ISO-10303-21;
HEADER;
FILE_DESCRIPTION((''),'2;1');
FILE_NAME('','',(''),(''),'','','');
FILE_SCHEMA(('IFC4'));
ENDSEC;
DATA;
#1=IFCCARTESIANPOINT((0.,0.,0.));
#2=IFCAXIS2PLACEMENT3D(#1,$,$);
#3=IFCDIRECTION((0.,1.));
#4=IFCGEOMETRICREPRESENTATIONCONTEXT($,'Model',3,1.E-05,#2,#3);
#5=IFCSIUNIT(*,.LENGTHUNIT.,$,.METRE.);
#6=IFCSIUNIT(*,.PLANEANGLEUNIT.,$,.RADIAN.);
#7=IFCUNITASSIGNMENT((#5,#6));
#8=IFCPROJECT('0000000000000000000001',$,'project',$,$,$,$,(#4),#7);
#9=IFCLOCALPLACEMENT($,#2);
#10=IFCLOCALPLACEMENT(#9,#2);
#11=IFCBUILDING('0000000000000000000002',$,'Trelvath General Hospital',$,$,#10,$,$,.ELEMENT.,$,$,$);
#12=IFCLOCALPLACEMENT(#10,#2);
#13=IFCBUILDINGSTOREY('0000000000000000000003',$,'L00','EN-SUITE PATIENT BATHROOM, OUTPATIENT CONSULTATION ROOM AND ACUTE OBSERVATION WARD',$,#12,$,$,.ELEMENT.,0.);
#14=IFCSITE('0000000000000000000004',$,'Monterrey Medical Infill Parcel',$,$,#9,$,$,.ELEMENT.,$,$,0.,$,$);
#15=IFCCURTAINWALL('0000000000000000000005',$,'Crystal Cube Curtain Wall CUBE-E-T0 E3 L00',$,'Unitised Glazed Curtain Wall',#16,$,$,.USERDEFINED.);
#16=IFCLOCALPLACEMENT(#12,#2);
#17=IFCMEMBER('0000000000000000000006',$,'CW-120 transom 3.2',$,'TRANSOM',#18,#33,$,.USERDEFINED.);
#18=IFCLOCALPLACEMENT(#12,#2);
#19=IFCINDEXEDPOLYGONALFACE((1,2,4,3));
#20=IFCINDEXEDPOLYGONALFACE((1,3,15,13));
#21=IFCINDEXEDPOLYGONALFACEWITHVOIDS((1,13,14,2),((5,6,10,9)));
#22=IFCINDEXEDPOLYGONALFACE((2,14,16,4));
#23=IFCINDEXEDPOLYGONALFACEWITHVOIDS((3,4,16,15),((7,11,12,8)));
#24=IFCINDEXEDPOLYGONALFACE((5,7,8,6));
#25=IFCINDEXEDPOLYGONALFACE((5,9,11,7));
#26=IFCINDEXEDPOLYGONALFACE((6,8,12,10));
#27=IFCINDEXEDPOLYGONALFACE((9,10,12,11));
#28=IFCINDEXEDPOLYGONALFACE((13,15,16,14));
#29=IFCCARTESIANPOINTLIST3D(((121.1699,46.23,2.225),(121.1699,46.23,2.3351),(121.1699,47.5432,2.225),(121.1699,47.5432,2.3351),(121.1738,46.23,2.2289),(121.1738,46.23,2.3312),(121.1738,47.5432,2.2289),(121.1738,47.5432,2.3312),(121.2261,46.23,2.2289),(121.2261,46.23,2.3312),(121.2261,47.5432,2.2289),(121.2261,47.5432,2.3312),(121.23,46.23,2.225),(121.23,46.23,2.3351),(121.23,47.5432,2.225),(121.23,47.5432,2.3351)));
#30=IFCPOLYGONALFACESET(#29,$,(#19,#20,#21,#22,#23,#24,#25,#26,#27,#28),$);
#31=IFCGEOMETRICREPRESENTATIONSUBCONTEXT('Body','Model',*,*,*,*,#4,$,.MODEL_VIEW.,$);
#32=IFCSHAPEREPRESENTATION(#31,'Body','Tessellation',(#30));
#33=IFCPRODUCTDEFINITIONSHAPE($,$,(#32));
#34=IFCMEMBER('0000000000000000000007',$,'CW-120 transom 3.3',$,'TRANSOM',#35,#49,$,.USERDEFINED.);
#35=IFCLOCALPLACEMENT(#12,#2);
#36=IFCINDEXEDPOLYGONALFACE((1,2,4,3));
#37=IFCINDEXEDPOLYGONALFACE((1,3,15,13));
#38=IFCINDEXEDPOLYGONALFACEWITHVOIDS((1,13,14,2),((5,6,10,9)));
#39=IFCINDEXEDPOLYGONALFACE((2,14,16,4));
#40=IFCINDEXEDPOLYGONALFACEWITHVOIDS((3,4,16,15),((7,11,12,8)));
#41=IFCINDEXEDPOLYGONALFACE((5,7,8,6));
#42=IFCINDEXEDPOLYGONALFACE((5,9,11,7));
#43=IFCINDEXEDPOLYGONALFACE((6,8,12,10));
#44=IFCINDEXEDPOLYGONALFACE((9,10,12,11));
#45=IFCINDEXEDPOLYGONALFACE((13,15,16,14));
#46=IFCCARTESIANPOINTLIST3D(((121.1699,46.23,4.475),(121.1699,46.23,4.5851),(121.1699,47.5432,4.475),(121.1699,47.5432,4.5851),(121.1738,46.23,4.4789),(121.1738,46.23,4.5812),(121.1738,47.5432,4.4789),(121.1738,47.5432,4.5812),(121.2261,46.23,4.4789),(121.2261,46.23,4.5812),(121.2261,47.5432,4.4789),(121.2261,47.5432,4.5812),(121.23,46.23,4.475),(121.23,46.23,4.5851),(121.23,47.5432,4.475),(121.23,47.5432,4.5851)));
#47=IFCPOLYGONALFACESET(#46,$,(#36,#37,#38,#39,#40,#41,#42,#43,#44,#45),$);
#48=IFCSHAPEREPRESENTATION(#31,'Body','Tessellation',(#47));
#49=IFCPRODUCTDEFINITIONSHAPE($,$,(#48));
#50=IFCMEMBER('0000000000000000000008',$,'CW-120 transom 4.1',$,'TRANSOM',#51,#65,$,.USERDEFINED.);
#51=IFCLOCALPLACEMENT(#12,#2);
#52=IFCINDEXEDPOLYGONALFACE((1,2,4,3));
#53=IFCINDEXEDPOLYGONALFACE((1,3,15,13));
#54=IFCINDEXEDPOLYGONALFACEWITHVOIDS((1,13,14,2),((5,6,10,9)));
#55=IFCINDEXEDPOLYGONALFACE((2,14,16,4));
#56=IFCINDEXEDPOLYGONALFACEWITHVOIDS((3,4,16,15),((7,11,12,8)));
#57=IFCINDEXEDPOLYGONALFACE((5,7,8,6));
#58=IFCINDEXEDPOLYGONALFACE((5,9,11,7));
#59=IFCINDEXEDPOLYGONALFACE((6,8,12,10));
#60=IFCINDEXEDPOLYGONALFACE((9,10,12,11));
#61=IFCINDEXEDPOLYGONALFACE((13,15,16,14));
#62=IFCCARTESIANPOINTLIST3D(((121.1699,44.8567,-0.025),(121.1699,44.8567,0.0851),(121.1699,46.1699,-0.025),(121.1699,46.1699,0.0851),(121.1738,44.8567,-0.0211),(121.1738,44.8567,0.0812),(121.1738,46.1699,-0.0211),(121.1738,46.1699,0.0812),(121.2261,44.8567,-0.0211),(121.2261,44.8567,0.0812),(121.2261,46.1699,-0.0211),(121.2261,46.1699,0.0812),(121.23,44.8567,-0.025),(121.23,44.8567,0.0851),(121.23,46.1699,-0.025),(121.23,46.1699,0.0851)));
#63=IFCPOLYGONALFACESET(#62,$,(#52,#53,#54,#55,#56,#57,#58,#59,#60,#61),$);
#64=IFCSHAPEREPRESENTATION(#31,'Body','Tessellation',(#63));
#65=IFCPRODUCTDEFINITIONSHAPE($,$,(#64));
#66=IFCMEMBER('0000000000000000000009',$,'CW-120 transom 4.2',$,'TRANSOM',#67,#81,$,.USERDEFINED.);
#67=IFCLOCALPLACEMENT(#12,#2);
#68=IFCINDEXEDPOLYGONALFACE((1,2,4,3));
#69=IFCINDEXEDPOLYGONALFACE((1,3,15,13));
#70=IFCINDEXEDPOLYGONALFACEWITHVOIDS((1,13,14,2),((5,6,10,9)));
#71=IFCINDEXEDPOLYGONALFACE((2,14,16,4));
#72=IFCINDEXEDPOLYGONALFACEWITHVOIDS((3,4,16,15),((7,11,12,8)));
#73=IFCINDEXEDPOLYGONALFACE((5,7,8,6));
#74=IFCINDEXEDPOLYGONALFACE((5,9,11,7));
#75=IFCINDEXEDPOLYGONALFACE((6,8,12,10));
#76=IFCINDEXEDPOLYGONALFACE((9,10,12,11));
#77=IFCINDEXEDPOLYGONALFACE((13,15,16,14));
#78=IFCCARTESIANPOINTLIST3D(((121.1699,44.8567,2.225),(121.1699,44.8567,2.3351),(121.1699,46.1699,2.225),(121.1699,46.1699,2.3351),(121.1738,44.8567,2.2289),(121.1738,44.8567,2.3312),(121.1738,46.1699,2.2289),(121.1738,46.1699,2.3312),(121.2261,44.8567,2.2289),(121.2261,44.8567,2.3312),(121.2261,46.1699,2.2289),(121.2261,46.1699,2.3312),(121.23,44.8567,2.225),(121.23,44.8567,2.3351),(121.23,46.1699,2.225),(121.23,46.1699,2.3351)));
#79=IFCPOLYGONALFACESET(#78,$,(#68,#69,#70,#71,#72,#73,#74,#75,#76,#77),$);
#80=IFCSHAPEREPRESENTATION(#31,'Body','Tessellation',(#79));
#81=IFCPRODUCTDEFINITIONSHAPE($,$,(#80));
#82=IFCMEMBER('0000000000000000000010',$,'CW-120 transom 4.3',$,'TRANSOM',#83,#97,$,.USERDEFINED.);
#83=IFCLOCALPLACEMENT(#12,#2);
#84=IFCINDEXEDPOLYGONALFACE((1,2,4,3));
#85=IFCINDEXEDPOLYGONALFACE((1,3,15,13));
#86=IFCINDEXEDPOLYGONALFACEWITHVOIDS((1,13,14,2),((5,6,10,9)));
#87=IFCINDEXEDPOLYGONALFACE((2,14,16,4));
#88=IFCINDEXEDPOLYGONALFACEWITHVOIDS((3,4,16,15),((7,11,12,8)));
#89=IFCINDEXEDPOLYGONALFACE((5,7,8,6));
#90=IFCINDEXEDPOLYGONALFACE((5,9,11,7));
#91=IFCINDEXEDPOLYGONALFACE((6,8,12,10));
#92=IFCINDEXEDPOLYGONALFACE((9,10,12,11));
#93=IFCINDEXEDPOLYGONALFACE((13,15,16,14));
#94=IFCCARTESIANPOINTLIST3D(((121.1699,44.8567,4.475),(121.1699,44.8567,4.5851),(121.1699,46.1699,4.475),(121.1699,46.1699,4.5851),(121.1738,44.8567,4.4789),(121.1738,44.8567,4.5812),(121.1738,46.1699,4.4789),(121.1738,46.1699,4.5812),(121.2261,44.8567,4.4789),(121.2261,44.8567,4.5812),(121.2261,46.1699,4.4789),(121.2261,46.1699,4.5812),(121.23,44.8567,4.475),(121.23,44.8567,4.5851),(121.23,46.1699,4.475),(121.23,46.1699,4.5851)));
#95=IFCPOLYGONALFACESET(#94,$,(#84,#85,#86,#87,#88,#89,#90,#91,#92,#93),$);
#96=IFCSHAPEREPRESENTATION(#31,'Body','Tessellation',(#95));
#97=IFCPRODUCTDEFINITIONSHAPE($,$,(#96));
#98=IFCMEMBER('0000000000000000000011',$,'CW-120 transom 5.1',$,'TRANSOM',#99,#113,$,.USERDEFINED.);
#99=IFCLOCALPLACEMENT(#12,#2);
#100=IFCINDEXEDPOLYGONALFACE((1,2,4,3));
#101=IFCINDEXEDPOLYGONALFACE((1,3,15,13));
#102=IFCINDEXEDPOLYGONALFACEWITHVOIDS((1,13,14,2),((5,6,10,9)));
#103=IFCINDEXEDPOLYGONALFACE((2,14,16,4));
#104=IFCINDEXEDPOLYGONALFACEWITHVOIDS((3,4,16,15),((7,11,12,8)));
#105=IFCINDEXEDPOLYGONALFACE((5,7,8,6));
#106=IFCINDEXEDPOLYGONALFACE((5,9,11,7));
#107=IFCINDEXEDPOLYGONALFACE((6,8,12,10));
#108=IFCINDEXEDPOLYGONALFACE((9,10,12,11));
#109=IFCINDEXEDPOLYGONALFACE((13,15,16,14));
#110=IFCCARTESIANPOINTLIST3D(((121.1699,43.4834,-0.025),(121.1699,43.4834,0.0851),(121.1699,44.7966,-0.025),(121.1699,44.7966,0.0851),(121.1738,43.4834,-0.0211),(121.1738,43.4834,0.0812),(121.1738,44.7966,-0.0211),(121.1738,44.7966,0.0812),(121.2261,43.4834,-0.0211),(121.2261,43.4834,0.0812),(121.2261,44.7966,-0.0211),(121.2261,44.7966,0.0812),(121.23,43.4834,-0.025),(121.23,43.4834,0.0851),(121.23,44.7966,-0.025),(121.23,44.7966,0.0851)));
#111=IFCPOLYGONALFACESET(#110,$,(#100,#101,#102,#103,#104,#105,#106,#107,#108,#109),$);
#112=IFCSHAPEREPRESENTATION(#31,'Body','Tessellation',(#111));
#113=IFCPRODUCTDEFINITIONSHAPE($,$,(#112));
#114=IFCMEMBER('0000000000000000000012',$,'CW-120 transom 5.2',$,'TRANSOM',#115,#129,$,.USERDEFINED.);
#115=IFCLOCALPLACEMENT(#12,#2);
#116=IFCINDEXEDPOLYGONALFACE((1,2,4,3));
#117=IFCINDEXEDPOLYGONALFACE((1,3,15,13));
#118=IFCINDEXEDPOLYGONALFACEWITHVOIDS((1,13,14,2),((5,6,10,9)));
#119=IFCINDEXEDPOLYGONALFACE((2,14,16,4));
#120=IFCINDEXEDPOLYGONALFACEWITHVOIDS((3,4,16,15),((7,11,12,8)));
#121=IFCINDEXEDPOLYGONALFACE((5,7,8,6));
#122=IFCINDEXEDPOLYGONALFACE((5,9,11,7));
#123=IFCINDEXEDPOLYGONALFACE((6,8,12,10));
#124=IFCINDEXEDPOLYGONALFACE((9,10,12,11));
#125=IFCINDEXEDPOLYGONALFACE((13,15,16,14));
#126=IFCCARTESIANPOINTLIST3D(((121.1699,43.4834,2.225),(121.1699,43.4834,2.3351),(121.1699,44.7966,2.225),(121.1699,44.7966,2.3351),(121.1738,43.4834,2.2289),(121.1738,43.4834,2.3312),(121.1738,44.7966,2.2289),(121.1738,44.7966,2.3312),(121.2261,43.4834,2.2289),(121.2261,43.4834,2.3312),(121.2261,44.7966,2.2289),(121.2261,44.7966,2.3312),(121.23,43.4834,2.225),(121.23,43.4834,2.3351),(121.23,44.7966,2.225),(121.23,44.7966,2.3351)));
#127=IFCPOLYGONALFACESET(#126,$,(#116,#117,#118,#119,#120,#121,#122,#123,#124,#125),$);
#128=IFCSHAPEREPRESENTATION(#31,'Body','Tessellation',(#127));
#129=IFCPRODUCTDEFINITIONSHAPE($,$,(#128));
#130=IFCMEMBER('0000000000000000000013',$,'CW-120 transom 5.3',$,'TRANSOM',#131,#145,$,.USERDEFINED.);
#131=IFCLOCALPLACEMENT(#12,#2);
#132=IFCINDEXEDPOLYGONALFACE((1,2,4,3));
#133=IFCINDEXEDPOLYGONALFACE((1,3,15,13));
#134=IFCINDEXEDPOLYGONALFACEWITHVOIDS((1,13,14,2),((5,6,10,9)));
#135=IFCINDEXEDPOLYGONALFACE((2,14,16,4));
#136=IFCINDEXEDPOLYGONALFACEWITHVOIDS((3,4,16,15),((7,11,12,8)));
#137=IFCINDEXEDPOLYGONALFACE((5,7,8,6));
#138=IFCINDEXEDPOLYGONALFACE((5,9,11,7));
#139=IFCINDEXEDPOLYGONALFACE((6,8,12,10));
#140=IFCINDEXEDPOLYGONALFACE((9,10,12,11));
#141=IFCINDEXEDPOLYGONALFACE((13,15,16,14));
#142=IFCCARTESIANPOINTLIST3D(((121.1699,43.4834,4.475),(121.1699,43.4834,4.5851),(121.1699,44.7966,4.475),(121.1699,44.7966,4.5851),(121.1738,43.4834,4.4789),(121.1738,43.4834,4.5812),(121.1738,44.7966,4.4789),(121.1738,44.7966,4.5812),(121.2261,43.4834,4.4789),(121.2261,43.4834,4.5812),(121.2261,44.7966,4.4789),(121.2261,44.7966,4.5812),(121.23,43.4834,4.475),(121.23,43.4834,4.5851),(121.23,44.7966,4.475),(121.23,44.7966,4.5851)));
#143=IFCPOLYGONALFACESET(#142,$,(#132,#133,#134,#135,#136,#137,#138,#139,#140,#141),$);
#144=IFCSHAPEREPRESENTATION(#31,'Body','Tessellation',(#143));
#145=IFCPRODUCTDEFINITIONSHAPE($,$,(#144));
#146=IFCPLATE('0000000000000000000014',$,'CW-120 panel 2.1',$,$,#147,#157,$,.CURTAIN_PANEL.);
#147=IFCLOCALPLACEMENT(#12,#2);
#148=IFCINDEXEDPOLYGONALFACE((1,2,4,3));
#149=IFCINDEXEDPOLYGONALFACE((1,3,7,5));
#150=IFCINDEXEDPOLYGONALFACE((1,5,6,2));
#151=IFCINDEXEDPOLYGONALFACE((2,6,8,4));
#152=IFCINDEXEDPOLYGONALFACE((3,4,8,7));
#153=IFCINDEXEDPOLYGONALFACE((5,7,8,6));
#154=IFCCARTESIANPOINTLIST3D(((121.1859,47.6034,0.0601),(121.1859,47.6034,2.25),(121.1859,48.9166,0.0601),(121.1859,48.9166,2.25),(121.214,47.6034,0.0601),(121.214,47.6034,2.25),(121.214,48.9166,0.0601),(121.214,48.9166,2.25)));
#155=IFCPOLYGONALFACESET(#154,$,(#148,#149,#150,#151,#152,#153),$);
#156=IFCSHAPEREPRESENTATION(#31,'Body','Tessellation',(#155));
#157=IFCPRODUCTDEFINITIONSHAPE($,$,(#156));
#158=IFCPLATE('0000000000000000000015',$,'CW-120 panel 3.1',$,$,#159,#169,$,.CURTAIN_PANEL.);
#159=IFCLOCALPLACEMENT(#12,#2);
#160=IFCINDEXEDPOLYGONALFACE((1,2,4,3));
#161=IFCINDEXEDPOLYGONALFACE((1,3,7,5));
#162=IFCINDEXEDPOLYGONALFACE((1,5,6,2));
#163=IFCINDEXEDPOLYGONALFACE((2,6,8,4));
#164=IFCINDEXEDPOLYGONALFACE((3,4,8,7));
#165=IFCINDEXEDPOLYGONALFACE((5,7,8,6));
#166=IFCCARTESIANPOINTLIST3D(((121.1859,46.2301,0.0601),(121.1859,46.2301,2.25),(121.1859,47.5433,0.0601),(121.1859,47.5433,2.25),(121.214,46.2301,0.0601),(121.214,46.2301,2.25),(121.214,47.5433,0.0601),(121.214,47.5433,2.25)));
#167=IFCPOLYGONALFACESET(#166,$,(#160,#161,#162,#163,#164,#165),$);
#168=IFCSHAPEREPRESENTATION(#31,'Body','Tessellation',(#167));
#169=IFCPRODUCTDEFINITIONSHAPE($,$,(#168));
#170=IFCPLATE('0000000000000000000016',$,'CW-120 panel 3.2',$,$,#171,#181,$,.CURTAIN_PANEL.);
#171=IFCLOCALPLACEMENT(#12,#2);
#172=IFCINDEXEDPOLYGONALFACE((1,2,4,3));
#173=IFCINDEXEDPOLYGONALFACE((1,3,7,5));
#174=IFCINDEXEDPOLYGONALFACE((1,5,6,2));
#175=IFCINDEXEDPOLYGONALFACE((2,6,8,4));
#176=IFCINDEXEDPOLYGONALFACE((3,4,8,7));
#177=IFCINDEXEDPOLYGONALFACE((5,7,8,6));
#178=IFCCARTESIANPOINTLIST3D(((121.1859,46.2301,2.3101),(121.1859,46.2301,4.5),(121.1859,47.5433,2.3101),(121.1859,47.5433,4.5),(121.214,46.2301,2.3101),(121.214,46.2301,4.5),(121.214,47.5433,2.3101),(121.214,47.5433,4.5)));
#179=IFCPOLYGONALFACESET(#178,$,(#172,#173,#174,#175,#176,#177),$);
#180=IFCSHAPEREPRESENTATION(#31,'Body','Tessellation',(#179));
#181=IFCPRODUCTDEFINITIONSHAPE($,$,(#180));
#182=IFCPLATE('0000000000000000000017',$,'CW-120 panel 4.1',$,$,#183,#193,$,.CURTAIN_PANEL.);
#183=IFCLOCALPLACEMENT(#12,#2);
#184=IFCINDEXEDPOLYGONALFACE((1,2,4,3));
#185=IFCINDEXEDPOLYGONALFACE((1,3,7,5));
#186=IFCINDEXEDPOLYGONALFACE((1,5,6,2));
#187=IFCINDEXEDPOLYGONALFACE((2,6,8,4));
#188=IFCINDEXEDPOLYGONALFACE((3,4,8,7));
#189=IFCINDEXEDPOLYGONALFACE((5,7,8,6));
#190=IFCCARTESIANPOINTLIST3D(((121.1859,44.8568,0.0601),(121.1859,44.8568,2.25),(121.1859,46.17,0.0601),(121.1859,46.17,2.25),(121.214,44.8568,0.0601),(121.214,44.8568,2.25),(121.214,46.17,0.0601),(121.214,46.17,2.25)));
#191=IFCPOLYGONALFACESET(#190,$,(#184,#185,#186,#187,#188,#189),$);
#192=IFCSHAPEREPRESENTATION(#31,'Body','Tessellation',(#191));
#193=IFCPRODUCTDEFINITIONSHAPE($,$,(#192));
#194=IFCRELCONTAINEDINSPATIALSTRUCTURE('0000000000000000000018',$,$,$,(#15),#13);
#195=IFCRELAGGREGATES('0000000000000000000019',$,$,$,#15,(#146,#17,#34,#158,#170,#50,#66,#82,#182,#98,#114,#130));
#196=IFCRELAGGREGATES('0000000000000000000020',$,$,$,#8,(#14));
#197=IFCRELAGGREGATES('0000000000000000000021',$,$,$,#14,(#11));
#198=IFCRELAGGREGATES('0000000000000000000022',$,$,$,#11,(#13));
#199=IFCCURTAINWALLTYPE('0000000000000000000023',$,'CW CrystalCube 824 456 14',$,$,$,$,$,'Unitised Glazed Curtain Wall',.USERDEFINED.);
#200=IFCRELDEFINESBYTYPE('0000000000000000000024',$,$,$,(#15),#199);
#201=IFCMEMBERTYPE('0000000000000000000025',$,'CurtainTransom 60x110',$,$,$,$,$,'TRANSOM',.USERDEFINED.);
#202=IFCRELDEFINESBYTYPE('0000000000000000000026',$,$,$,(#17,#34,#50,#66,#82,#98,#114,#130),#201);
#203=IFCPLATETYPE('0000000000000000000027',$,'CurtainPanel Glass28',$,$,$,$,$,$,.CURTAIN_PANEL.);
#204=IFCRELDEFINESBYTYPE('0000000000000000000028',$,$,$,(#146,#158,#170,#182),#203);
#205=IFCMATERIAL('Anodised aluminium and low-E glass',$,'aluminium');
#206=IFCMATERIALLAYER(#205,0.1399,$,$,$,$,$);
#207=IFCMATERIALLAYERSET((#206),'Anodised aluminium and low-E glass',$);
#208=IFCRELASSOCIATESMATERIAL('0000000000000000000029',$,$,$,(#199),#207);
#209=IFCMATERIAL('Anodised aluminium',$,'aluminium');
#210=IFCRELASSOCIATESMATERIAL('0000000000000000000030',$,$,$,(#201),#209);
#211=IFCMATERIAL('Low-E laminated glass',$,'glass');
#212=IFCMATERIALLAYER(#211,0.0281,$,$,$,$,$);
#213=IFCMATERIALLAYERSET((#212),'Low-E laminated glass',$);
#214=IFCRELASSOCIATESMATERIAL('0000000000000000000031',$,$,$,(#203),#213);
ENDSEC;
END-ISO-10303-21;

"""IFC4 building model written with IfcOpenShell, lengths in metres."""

from ifc_helpers import new_model, si_unit, direction, frame, origin, origin_2d, place, context, subcontext, project, spatial, rectangle, hollow_rectangle, extrude, material, layer, layer_set, material_profile, profile_set, type_object, element, aggregate, save


model = new_model("IFC4")

# Units and contexts
model_context = context("Model", 3, precision=1e-05, world=origin(), true_north=direction((0.0, 1.0)))
body_context = subcontext(model_context, "Body", "Model", "MODEL_VIEW")
ifc_project = project(units=[si_unit("LENGTHUNIT", "METRE"), si_unit("PLANEANGLEUNIT", "RADIAN")], contexts=[model_context])

# Site, building, storey
site_placement = place(None, origin())
site = spatial("IfcSite", under=ifc_project, at=site_placement, Name="Monterrey Medical Infill Parcel", CompositionType="ELEMENT", RefElevation=0.0)
building_placement = place(site_placement, origin())
building = spatial("IfcBuilding", under=site, at=building_placement, Name="Trelvath General Hospital", CompositionType="ELEMENT")
storey_placement = place(building_placement, origin())
storey = spatial("IfcBuildingStorey", under=building, at=storey_placement, Name="L00", Description="EN-SUITE PATIENT BATHROOM, OUTPATIENT CONSULTATION ROOM AND ACUTE OBSERVATION WARD", CompositionType="ELEMENT", Elevation=0.0)

# Curtain wall, members, plates
ifc_material_1 = material(Name="Anodised aluminium and low-E glass", Category="aluminium")
ifc_layer_1 = layer(ifc_material_1, 0.1399)
ifc_layer_set_1 = layer_set([ifc_layer_1], Name="Anodised aluminium and low-E glass")
curtain_wall_type = type_object("IfcCurtainWallType", Name="CW CrystalCube 824 456 14", ElementType="Unitised Glazed Curtain Wall", PredefinedType="USERDEFINED", material=ifc_layer_set_1)
curtain_wall_placement = place(storey_placement, origin())
curtain_wall = element("IfcCurtainWall", 1, at=curtain_wall_placement, inside=storey, type_object=curtain_wall_type, Name="Crystal Cube Curtain Wall CUBE-E-T0 E3 L00", ObjectType="Unitised Glazed Curtain Wall", PredefinedType="USERDEFINED")
ifc_material_2 = material(Name="Anodised aluminium", Category="aluminium")
ifc_material_profile_1 = material_profile(ifc_material_2, hollow_rectangle(XDim=0.0601, YDim=0.1101, WallThickness=0.0039, at=origin_2d()), Name="RHS60x110x4")
ifc_profile_set_1 = profile_set([ifc_material_profile_1], Name="Anodised aluminium")
member_type_1 = type_object("IfcMemberType", Name="CurtainTransom 60x110", ElementType="TRANSOM", PredefinedType="USERDEFINED", material=ifc_profile_set_1)
member_1_placement = place(storey_placement, frame((121.2, 47.5432, 2.28), z_axis=(0.0, -1.0, 0.0), x_axis=(1.0, 0.0, 0.0)))
member_1 = element("IfcMember", 2, at=member_1_placement, type_object=member_type_1, Name="CW-120 transom 3.2", ObjectType="TRANSOM", PredefinedType="USERDEFINED", context=body_context, shape_type="SweptSolid", body=[
    extrude(hollow_rectangle(XDim=0.0601, YDim=0.1101, WallThickness=0.0039, at=origin_2d()), origin(), (0.0, 0.0, 1.0), 1.3132),
])
member_2_placement = place(storey_placement, frame((121.2, 47.5432, 4.53), z_axis=(0.0, -1.0, 0.0), x_axis=(1.0, 0.0, 0.0)))
member_2 = element("IfcMember", 3, at=member_2_placement, type_object=member_type_1, Name="CW-120 transom 3.3", ObjectType="TRANSOM", PredefinedType="USERDEFINED", context=body_context, shape_type="SweptSolid", body=[
    extrude(hollow_rectangle(XDim=0.0601, YDim=0.1101, WallThickness=0.0039, at=origin_2d()), origin(), (0.0, 0.0, 1.0), 1.3132),
])
member_3_placement = place(storey_placement, frame((121.2, 46.1699, 0.03), z_axis=(0.0, -1.0, 0.0), x_axis=(1.0, 0.0, 0.0)))
member_3 = element("IfcMember", 4, at=member_3_placement, type_object=member_type_1, Name="CW-120 transom 4.1", ObjectType="TRANSOM", PredefinedType="USERDEFINED", context=body_context, shape_type="SweptSolid", body=[
    extrude(hollow_rectangle(XDim=0.0601, YDim=0.1101, WallThickness=0.0039, at=origin_2d()), origin(), (0.0, 0.0, 1.0), 1.3132),
])
member_4_placement = place(storey_placement, frame((121.2, 46.1699, 2.28), z_axis=(0.0, -1.0, 0.0), x_axis=(1.0, 0.0, 0.0)))
member_4 = element("IfcMember", 5, at=member_4_placement, type_object=member_type_1, Name="CW-120 transom 4.2", ObjectType="TRANSOM", PredefinedType="USERDEFINED", context=body_context, shape_type="SweptSolid", body=[
    extrude(hollow_rectangle(XDim=0.0601, YDim=0.1101, WallThickness=0.0039, at=origin_2d()), origin(), (0.0, 0.0, 1.0), 1.3132),
])
member_5_placement = place(storey_placement, frame((121.2, 46.1699, 4.53), z_axis=(0.0, -1.0, 0.0), x_axis=(1.0, 0.0, 0.0)))
member_5 = element("IfcMember", 6, at=member_5_placement, type_object=member_type_1, Name="CW-120 transom 4.3", ObjectType="TRANSOM", PredefinedType="USERDEFINED", context=body_context, shape_type="SweptSolid", body=[
    extrude(hollow_rectangle(XDim=0.0601, YDim=0.1101, WallThickness=0.0039, at=origin_2d()), origin(), (0.0, 0.0, 1.0), 1.3132),
])
member_6_placement = place(storey_placement, frame((121.2, 44.7966, 0.03), z_axis=(0.0, -1.0, 0.0), x_axis=(1.0, 0.0, 0.0)))
member_6 = element("IfcMember", 7, at=member_6_placement, type_object=member_type_1, Name="CW-120 transom 5.1", ObjectType="TRANSOM", PredefinedType="USERDEFINED", context=body_context, shape_type="SweptSolid", body=[
    extrude(hollow_rectangle(XDim=0.0601, YDim=0.1101, WallThickness=0.0039, at=origin_2d()), origin(), (0.0, 0.0, 1.0), 1.3132),
])
member_7_placement = place(storey_placement, frame((121.2, 44.7966, 2.28), z_axis=(0.0, -1.0, 0.0), x_axis=(1.0, 0.0, 0.0)))
member_7 = element("IfcMember", 8, at=member_7_placement, type_object=member_type_1, Name="CW-120 transom 5.2", ObjectType="TRANSOM", PredefinedType="USERDEFINED", context=body_context, shape_type="SweptSolid", body=[
    extrude(hollow_rectangle(XDim=0.0601, YDim=0.1101, WallThickness=0.0039, at=origin_2d()), origin(), (0.0, 0.0, 1.0), 1.3132),
])
member_8_placement = place(storey_placement, frame((121.2, 44.7966, 4.53), z_axis=(0.0, -1.0, 0.0), x_axis=(1.0, 0.0, 0.0)))
member_8 = element("IfcMember", 9, at=member_8_placement, type_object=member_type_1, Name="CW-120 transom 5.3", ObjectType="TRANSOM", PredefinedType="USERDEFINED", context=body_context, shape_type="SweptSolid", body=[
    extrude(hollow_rectangle(XDim=0.0601, YDim=0.1101, WallThickness=0.0039, at=origin_2d()), origin(), (0.0, 0.0, 1.0), 1.3132),
])
ifc_material_3 = material(Name="Low-E laminated glass", Category="glass")
ifc_layer_2 = layer(ifc_material_3, 0.0281)
ifc_layer_set_2 = layer_set([ifc_layer_2], Name="Low-E laminated glass")
plate_type = type_object("IfcPlateType", Name="CurtainPanel Glass28", PredefinedType="CURTAIN_PANEL", material=ifc_layer_set_2)
plate_1_placement = place(storey_placement, frame((121.2, 48.26, 0.0601), z_axis=(0.0, 0.0, 1.0), x_axis=(0.0, -1.0, 0.0)))
plate_1 = element("IfcPlate", 10, at=plate_1_placement, type_object=plate_type, Name="CW-120 panel 2.1", PredefinedType="CURTAIN_PANEL", context=body_context, shape_type="SweptSolid", body=[
    extrude(rectangle(XDim=1.3132, YDim=0.0281, at=origin_2d()), origin(), (0.0, 0.0, 1.0), 2.1899),
])
plate_2_placement = place(storey_placement, frame((121.2, 46.8867, 0.0601), z_axis=(0.0, 0.0, 1.0), x_axis=(0.0, -1.0, 0.0)))
plate_2 = element("IfcPlate", 11, at=plate_2_placement, type_object=plate_type, Name="CW-120 panel 3.1", PredefinedType="CURTAIN_PANEL", context=body_context, shape_type="SweptSolid", body=[
    extrude(rectangle(XDim=1.3132, YDim=0.0281, at=origin_2d()), origin(), (0.0, 0.0, 1.0), 2.1899),
])
plate_3_placement = place(storey_placement, frame((121.2, 46.8867, 2.3101), z_axis=(0.0, 0.0, 1.0), x_axis=(0.0, -1.0, 0.0)))
plate_3 = element("IfcPlate", 12, at=plate_3_placement, type_object=plate_type, Name="CW-120 panel 3.2", PredefinedType="CURTAIN_PANEL", context=body_context, shape_type="SweptSolid", body=[
    extrude(rectangle(XDim=1.3132, YDim=0.0281, at=origin_2d()), origin(), (0.0, 0.0, 1.0), 2.1899),
])
plate_4_placement = place(storey_placement, frame((121.2, 45.5134, 0.0601), z_axis=(0.0, 0.0, 1.0), x_axis=(0.0, -1.0, 0.0)))
plate_4 = element("IfcPlate", 13, at=plate_4_placement, type_object=plate_type, Name="CW-120 panel 4.1", PredefinedType="CURTAIN_PANEL", context=body_context, shape_type="SweptSolid", body=[
    extrude(rectangle(XDim=1.3132, YDim=0.0281, at=origin_2d()), origin(), (0.0, 0.0, 1.0), 2.1899),
])
aggregate(curtain_wall, [plate_1, member_1, member_2, plate_2, plate_3, member_3, member_4, member_5, plate_4, member_6, member_7, member_8])

save(model, "model.ifc")
